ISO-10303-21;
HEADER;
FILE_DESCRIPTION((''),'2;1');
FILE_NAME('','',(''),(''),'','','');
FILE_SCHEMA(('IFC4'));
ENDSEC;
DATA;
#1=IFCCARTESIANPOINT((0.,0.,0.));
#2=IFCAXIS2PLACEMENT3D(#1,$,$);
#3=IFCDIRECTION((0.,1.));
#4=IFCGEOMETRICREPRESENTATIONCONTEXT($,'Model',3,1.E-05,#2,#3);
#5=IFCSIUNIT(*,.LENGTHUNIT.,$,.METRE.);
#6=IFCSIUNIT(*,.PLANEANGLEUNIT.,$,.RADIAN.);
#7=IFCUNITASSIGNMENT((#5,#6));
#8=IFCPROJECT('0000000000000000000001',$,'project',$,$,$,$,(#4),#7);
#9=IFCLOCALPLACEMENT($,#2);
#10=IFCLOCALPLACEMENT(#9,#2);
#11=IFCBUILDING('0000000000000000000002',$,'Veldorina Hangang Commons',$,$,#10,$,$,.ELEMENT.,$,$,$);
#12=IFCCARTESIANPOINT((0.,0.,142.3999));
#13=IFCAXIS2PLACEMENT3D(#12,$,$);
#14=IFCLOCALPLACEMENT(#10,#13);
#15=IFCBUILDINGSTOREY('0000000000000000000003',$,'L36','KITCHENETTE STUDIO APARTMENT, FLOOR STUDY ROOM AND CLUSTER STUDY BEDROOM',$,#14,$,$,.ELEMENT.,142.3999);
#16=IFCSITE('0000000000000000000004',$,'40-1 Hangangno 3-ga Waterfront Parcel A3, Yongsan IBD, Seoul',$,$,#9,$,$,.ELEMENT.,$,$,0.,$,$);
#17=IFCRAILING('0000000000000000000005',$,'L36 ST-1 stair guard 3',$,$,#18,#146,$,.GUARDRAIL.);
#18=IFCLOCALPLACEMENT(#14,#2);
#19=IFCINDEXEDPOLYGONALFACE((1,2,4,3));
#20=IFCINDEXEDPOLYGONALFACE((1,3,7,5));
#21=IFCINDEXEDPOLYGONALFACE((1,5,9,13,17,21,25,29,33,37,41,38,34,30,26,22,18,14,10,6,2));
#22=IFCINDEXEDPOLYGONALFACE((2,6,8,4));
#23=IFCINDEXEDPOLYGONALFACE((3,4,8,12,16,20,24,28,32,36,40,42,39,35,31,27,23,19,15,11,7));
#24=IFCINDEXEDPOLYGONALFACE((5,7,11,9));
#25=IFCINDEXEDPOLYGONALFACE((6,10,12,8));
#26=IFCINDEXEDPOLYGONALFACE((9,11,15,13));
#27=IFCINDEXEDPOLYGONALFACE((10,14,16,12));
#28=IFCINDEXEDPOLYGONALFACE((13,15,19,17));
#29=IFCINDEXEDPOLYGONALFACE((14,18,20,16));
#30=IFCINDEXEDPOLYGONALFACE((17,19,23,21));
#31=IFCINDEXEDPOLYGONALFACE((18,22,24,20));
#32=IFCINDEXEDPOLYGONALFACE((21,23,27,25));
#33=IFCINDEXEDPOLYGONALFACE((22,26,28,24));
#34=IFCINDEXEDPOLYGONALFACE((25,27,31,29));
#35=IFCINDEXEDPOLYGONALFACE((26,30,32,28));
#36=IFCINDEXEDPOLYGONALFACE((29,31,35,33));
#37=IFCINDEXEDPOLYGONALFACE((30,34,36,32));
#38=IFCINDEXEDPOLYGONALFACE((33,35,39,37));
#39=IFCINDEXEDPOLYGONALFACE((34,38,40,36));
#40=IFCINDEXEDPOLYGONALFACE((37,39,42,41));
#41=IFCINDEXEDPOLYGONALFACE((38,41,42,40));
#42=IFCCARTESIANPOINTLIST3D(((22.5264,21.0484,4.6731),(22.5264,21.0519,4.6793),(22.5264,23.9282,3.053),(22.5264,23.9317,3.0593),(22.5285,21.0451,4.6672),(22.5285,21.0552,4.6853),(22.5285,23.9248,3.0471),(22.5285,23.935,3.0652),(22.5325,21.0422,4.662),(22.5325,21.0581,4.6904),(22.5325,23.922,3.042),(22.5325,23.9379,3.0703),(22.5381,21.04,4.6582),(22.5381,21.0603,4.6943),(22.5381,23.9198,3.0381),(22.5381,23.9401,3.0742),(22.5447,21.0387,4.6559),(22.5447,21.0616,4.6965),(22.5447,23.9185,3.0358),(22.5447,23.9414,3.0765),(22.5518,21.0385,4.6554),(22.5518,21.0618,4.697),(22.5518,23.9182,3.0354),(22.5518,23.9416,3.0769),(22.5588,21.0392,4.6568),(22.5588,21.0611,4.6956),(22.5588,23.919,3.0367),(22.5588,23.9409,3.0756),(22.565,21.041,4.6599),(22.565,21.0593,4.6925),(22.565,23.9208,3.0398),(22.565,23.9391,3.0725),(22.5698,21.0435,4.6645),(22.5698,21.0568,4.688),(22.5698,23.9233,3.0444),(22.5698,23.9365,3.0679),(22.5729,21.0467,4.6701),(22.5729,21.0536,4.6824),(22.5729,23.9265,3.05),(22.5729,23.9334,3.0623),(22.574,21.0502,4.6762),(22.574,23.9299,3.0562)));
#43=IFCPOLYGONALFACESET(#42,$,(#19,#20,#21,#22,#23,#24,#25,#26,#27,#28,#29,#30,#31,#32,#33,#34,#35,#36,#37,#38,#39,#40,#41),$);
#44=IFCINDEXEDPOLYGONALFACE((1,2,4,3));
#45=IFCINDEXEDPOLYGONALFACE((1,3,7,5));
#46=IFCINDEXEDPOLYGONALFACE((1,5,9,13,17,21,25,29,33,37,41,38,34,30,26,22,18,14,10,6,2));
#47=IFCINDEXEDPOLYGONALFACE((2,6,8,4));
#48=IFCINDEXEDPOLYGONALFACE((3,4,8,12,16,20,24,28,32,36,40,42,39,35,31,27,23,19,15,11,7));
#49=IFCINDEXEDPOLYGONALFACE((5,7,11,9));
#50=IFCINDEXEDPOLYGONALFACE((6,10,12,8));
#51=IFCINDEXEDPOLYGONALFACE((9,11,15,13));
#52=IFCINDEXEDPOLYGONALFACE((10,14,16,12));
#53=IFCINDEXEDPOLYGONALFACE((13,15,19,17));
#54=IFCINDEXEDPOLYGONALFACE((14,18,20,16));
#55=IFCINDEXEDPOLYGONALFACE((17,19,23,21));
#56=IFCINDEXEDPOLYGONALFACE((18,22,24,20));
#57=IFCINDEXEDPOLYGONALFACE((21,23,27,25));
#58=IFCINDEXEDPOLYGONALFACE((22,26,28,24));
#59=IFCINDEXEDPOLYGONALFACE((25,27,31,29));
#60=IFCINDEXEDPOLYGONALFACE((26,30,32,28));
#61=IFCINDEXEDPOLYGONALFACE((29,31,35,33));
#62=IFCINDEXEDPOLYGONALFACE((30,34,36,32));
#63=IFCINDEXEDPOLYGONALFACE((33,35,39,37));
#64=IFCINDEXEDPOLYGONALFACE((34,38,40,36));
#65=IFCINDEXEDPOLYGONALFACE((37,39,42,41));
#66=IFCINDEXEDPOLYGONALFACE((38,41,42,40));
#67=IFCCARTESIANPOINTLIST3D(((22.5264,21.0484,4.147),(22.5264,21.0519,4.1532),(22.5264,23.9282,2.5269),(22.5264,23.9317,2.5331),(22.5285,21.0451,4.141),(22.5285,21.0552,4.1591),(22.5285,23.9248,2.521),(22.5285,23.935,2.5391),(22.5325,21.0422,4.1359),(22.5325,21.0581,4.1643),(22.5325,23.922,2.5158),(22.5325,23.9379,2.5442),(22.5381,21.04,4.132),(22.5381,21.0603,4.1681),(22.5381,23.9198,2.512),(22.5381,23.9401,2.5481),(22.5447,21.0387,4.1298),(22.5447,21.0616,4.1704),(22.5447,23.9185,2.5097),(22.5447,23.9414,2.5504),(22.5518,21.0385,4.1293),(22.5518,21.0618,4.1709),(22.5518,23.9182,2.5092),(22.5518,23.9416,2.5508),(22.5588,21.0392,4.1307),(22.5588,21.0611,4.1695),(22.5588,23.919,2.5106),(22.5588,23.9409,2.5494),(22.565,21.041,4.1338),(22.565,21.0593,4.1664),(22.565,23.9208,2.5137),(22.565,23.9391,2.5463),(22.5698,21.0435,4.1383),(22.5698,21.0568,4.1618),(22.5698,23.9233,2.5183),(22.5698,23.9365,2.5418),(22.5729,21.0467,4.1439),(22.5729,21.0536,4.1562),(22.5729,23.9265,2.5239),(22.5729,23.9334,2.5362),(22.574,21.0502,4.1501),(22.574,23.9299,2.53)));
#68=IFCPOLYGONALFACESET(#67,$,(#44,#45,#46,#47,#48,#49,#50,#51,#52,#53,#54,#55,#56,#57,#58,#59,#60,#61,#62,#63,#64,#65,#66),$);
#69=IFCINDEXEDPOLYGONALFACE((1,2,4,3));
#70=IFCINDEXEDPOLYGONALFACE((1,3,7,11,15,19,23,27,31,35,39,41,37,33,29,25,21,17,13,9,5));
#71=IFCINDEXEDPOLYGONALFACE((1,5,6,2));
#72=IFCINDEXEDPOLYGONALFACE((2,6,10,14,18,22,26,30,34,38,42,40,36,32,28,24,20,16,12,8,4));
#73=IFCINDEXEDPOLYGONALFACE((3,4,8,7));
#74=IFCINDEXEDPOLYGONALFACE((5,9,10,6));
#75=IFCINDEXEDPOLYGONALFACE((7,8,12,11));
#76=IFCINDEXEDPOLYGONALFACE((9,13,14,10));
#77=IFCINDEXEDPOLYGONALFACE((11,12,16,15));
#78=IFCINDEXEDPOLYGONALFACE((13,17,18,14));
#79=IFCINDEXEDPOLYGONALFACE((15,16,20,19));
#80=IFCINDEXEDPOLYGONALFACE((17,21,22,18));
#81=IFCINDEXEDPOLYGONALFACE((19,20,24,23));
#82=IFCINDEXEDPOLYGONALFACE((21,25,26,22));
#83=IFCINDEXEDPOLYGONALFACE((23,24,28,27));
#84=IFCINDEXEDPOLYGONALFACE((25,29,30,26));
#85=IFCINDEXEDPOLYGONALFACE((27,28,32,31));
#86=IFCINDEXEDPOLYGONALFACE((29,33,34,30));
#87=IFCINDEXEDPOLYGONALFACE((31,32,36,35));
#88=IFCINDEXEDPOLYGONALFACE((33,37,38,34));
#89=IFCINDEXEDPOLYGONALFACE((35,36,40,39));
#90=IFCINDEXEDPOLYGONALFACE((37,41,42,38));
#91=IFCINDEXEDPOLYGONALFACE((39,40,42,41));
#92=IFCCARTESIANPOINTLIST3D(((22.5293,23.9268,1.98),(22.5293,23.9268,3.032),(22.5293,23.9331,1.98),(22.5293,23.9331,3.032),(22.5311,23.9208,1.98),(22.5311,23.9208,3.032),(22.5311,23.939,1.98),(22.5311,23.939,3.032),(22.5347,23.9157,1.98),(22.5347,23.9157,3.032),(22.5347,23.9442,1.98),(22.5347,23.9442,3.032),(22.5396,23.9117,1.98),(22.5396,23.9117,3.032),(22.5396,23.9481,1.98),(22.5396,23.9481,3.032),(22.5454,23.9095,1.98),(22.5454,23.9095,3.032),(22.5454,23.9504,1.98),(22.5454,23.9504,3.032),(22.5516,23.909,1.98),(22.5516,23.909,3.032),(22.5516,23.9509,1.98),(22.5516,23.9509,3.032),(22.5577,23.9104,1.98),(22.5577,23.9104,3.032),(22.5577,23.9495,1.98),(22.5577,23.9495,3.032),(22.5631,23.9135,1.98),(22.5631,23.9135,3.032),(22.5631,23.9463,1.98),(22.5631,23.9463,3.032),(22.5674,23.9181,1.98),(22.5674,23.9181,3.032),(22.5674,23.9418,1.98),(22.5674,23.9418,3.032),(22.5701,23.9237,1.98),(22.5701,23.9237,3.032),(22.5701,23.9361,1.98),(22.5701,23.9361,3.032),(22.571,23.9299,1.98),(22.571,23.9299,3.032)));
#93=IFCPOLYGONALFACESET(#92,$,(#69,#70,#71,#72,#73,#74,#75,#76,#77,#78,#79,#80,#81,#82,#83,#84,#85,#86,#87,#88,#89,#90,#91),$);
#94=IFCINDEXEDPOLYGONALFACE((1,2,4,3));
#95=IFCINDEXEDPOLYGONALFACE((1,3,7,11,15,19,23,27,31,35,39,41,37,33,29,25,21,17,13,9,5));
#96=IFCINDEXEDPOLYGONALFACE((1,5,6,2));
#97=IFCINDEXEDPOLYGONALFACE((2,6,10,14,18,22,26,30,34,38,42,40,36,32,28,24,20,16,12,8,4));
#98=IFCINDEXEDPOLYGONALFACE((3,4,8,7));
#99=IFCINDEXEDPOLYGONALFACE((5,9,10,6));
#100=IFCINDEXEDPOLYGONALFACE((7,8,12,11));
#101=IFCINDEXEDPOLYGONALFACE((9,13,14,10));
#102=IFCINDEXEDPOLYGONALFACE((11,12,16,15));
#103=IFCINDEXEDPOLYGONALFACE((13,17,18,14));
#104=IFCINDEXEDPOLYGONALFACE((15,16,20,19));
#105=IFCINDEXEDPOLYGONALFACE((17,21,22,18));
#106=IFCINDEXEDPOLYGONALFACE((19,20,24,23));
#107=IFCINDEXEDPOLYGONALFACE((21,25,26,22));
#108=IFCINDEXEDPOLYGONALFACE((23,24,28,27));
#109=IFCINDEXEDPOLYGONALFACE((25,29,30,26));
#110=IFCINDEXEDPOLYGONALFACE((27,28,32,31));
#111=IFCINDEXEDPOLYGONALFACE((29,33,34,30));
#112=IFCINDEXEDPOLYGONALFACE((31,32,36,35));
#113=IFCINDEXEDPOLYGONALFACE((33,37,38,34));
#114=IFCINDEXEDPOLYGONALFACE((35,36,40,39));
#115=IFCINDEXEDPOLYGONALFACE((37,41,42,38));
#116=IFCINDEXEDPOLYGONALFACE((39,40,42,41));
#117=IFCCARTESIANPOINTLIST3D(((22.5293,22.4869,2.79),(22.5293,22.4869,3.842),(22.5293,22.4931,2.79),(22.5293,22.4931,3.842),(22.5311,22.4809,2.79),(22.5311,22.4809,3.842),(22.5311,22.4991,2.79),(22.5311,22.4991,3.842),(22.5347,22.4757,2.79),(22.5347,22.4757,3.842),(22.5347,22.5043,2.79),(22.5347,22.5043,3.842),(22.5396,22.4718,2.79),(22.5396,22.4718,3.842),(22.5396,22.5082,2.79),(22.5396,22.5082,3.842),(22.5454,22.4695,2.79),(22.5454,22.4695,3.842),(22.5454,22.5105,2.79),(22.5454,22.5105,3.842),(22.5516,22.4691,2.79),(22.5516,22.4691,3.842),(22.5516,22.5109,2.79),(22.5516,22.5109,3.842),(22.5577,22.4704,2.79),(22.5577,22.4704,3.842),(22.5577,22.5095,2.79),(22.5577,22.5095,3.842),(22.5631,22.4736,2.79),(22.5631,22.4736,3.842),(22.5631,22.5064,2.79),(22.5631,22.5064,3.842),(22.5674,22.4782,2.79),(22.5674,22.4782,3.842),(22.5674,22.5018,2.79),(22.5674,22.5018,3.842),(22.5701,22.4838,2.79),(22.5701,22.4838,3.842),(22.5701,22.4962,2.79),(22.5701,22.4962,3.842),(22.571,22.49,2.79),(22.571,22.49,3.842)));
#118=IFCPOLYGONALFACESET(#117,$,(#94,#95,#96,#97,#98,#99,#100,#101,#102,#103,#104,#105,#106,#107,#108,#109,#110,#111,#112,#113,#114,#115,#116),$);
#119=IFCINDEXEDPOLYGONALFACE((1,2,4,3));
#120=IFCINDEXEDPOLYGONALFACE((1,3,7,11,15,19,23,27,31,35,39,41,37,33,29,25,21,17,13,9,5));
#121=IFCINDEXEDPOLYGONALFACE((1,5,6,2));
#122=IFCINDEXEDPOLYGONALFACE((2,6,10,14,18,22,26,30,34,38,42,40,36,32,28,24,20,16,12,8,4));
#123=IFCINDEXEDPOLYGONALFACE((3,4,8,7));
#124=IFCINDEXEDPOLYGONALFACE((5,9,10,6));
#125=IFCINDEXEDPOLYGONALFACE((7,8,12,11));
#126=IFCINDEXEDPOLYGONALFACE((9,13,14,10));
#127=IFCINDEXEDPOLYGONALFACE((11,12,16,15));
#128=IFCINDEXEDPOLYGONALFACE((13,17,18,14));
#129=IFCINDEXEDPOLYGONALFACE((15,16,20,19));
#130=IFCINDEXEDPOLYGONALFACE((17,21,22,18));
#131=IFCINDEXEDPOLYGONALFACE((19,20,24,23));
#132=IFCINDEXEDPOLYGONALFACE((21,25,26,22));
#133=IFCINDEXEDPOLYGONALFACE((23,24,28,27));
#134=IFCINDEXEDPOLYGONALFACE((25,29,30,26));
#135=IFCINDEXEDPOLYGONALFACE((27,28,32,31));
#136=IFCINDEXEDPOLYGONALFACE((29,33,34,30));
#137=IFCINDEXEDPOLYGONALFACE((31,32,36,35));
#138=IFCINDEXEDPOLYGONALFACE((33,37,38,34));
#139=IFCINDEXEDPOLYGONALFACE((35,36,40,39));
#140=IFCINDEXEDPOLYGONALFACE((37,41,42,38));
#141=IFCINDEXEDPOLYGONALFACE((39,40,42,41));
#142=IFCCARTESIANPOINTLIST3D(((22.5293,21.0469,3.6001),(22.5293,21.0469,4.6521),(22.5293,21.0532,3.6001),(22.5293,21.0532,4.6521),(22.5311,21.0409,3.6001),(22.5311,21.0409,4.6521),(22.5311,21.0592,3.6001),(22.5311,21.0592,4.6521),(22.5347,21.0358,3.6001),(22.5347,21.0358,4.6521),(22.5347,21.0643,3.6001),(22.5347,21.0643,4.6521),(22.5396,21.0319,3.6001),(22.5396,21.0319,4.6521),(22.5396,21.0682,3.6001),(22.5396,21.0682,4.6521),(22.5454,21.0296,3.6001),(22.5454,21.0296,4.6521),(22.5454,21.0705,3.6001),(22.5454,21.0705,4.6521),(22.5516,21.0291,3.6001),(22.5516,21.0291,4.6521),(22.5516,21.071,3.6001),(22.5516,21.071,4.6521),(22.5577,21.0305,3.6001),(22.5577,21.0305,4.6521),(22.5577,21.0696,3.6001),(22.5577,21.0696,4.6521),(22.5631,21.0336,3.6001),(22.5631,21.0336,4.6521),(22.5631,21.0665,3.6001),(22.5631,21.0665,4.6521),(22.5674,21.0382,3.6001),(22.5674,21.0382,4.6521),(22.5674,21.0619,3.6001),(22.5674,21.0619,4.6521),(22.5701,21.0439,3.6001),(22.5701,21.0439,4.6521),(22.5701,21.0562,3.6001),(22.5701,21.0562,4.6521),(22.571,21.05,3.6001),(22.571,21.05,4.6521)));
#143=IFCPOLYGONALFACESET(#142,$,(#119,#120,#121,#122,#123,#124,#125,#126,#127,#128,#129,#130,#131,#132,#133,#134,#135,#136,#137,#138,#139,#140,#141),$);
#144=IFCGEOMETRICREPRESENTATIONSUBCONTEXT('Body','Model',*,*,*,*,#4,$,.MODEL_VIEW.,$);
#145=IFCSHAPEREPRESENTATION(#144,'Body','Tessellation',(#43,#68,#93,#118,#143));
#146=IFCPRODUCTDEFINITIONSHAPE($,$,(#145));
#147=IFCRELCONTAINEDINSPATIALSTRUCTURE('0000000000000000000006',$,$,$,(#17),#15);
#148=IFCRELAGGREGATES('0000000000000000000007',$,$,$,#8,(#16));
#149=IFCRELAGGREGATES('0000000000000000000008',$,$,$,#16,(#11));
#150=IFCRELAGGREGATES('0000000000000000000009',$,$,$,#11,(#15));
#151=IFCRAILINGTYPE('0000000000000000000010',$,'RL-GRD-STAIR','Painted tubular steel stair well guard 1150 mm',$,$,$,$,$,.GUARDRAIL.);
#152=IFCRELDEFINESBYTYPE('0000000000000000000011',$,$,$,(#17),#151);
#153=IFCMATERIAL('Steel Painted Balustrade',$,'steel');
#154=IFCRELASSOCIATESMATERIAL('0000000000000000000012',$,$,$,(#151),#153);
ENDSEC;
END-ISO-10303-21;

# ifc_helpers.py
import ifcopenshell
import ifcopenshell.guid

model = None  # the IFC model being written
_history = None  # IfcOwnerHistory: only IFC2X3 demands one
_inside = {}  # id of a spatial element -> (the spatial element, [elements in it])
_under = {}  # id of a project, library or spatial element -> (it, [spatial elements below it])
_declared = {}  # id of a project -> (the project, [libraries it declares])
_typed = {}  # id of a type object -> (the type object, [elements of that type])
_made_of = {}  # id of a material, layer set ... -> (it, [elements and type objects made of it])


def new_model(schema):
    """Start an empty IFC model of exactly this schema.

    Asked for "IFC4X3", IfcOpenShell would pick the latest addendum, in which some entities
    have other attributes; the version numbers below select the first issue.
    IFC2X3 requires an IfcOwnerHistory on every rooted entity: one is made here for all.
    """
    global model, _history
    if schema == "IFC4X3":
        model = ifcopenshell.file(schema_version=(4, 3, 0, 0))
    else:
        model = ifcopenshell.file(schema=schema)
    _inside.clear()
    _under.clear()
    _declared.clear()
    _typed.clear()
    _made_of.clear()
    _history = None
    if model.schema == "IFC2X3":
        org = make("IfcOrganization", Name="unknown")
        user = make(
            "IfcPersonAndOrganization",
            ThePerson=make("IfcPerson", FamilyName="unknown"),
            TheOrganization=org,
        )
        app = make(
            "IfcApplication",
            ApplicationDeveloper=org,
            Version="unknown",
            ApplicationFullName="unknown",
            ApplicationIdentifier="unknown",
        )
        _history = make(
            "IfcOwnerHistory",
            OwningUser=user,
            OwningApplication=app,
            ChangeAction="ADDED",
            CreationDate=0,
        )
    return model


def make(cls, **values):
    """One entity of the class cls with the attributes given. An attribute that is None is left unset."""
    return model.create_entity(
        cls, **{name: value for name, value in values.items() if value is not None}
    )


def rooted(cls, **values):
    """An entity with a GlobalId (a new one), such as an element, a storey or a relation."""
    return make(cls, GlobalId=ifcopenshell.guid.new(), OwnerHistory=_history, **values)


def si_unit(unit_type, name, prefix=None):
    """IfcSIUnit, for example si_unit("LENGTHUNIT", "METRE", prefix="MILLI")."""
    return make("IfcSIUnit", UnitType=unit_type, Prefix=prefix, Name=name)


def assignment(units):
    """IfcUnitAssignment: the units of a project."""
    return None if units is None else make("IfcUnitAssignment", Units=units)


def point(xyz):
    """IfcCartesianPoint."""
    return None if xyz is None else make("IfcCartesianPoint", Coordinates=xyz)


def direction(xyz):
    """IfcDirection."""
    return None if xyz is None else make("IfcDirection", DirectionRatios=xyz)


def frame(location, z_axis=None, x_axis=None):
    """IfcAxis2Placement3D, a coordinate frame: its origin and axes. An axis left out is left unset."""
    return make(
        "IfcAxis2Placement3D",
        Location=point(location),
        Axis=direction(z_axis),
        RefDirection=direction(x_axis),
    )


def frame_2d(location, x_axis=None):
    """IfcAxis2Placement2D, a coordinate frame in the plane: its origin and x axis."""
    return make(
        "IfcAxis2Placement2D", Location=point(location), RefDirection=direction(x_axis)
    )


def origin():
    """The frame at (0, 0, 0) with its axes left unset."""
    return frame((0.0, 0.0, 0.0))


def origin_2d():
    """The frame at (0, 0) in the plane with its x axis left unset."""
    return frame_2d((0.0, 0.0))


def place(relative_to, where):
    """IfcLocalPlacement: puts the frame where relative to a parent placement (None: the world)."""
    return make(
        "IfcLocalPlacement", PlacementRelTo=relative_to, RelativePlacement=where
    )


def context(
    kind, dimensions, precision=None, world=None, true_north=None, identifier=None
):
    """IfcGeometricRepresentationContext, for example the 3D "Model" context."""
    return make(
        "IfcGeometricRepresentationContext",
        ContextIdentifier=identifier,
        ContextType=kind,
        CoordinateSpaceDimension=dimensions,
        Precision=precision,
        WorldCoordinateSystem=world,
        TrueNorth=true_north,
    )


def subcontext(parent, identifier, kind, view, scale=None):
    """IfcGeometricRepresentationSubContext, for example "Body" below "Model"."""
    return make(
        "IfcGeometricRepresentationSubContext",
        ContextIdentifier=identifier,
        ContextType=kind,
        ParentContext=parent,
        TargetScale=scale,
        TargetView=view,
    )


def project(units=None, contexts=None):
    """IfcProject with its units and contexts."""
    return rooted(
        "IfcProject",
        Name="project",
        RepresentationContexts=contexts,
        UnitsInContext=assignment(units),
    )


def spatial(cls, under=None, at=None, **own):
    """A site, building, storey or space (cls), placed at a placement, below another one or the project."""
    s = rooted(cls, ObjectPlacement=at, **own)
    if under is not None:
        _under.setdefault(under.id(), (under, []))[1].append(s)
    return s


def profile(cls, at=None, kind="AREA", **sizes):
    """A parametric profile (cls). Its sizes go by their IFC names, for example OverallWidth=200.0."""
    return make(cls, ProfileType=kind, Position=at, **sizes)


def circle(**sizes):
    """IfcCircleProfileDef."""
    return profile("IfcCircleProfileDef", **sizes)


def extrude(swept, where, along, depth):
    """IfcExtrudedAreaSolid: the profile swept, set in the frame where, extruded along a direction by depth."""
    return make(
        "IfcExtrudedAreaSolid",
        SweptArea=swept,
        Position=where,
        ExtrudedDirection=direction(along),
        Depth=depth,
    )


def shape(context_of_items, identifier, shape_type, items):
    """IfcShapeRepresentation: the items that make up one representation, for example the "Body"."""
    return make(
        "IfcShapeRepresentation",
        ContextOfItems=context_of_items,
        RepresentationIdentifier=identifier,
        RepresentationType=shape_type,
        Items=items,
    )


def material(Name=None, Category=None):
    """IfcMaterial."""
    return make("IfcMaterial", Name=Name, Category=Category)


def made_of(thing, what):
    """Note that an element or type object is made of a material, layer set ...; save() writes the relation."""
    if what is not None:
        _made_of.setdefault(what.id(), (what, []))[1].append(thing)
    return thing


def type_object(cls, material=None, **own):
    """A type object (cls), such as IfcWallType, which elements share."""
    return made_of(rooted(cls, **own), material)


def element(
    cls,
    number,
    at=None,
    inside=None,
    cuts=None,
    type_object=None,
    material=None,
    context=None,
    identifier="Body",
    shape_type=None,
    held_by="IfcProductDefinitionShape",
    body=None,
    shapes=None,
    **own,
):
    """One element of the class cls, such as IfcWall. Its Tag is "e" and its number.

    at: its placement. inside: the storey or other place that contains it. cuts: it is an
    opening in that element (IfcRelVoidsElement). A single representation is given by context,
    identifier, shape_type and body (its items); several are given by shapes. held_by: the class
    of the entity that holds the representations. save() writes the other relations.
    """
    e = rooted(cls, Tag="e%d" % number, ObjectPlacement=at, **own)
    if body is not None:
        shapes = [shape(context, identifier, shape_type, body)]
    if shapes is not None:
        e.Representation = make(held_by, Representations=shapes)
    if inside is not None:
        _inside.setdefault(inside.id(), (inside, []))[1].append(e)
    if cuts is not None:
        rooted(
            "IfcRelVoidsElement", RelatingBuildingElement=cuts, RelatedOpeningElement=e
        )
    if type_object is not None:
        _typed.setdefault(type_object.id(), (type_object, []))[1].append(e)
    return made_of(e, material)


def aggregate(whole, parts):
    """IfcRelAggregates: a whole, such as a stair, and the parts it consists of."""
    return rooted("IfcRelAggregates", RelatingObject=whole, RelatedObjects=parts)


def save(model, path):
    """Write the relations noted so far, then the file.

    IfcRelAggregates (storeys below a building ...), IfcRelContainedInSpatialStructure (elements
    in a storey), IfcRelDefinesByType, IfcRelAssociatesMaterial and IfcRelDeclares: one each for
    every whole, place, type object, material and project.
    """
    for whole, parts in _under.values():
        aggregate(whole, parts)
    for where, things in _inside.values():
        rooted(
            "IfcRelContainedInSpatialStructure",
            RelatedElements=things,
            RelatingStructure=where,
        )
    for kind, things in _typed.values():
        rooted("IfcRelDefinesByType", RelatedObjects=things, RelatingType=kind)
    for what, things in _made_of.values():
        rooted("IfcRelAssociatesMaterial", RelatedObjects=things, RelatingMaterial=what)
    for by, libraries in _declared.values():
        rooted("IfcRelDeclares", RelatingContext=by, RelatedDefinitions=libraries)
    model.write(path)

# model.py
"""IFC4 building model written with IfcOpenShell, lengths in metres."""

from ifc_helpers import new_model, si_unit, direction, frame, origin, origin_2d, place, context, subcontext, project, spatial, circle, extrude, material, type_object, element, save


model = new_model("IFC4")

# Units and contexts
model_context = context("Model", 3, precision=1e-05, world=origin(), true_north=direction((0.0, 1.0)))
body_context = subcontext(model_context, "Body", "Model", "MODEL_VIEW")
ifc_project = project(units=[si_unit("LENGTHUNIT", "METRE"), si_unit("PLANEANGLEUNIT", "RADIAN")], contexts=[model_context])

# Site, building, storey
site_placement = place(None, origin())
site = spatial("IfcSite", under=ifc_project, at=site_placement, Name="40-1 Hangangno 3-ga Waterfront Parcel A3, Yongsan IBD, Seoul", CompositionType="ELEMENT", RefElevation=0.0)
building_placement = place(site_placement, origin())
building = spatial("IfcBuilding", under=site, at=building_placement, Name="Veldorina Hangang Commons", CompositionType="ELEMENT")
storey_placement = place(building_placement, frame((0.0, 0.0, 142.3999)))
storey = spatial("IfcBuildingStorey", under=building, at=storey_placement, Name="L36", Description="KITCHENETTE STUDIO APARTMENT, FLOOR STUDY ROOM AND CLUSTER STUDY BEDROOM", CompositionType="ELEMENT", Elevation=142.3999)

# Railing
ifc_material_1 = material(Name="Steel Painted Balustrade", Category="steel")
railing_type_1 = type_object("IfcRailingType", Name="RL-GRD-STAIR", Description="Painted tubular steel stair well guard 1150 mm", PredefinedType="GUARDRAIL", material=ifc_material_1)
railing_1_placement = place(storey_placement, frame((22.55, 23.9299, 1.98)))
element("IfcRailing", 1, at=railing_1_placement, inside=storey, type_object=railing_type_1, Name="L36 ST-1 stair guard 3", PredefinedType="GUARDRAIL", context=body_context, shape_type="SweptSolid", body=[
    extrude(circle(Radius=0.0239, at=origin_2d()), frame((0.0, 0.0, 1.0762), z_axis=(0.0, -0.871552, 0.490303), x_axis=(1.0, 0.0, 0.0)), (0.0, 0.0, 1.0), 3.3042),
    extrude(circle(Radius=0.0239, at=origin_2d()), frame((0.0, 0.0, 0.55), z_axis=(0.0, -0.871552, 0.490303), x_axis=(1.0, 0.0, 0.0)), (0.0, 0.0, 1.0), 3.3042),
    extrude(circle(Radius=0.021, at=origin_2d()), origin(), (0.0, 0.0, 1.0), 1.052),
    extrude(circle(Radius=0.021, at=origin_2d()), frame((0.0, -1.4399, 0.8101)), (0.0, 0.0, 1.0), 1.052),
    extrude(circle(Radius=0.021, at=origin_2d()), frame((0.0, -2.8799, 1.6201)), (0.0, 0.0, 1.0), 1.052),
])

save(model, "model.ifc")
